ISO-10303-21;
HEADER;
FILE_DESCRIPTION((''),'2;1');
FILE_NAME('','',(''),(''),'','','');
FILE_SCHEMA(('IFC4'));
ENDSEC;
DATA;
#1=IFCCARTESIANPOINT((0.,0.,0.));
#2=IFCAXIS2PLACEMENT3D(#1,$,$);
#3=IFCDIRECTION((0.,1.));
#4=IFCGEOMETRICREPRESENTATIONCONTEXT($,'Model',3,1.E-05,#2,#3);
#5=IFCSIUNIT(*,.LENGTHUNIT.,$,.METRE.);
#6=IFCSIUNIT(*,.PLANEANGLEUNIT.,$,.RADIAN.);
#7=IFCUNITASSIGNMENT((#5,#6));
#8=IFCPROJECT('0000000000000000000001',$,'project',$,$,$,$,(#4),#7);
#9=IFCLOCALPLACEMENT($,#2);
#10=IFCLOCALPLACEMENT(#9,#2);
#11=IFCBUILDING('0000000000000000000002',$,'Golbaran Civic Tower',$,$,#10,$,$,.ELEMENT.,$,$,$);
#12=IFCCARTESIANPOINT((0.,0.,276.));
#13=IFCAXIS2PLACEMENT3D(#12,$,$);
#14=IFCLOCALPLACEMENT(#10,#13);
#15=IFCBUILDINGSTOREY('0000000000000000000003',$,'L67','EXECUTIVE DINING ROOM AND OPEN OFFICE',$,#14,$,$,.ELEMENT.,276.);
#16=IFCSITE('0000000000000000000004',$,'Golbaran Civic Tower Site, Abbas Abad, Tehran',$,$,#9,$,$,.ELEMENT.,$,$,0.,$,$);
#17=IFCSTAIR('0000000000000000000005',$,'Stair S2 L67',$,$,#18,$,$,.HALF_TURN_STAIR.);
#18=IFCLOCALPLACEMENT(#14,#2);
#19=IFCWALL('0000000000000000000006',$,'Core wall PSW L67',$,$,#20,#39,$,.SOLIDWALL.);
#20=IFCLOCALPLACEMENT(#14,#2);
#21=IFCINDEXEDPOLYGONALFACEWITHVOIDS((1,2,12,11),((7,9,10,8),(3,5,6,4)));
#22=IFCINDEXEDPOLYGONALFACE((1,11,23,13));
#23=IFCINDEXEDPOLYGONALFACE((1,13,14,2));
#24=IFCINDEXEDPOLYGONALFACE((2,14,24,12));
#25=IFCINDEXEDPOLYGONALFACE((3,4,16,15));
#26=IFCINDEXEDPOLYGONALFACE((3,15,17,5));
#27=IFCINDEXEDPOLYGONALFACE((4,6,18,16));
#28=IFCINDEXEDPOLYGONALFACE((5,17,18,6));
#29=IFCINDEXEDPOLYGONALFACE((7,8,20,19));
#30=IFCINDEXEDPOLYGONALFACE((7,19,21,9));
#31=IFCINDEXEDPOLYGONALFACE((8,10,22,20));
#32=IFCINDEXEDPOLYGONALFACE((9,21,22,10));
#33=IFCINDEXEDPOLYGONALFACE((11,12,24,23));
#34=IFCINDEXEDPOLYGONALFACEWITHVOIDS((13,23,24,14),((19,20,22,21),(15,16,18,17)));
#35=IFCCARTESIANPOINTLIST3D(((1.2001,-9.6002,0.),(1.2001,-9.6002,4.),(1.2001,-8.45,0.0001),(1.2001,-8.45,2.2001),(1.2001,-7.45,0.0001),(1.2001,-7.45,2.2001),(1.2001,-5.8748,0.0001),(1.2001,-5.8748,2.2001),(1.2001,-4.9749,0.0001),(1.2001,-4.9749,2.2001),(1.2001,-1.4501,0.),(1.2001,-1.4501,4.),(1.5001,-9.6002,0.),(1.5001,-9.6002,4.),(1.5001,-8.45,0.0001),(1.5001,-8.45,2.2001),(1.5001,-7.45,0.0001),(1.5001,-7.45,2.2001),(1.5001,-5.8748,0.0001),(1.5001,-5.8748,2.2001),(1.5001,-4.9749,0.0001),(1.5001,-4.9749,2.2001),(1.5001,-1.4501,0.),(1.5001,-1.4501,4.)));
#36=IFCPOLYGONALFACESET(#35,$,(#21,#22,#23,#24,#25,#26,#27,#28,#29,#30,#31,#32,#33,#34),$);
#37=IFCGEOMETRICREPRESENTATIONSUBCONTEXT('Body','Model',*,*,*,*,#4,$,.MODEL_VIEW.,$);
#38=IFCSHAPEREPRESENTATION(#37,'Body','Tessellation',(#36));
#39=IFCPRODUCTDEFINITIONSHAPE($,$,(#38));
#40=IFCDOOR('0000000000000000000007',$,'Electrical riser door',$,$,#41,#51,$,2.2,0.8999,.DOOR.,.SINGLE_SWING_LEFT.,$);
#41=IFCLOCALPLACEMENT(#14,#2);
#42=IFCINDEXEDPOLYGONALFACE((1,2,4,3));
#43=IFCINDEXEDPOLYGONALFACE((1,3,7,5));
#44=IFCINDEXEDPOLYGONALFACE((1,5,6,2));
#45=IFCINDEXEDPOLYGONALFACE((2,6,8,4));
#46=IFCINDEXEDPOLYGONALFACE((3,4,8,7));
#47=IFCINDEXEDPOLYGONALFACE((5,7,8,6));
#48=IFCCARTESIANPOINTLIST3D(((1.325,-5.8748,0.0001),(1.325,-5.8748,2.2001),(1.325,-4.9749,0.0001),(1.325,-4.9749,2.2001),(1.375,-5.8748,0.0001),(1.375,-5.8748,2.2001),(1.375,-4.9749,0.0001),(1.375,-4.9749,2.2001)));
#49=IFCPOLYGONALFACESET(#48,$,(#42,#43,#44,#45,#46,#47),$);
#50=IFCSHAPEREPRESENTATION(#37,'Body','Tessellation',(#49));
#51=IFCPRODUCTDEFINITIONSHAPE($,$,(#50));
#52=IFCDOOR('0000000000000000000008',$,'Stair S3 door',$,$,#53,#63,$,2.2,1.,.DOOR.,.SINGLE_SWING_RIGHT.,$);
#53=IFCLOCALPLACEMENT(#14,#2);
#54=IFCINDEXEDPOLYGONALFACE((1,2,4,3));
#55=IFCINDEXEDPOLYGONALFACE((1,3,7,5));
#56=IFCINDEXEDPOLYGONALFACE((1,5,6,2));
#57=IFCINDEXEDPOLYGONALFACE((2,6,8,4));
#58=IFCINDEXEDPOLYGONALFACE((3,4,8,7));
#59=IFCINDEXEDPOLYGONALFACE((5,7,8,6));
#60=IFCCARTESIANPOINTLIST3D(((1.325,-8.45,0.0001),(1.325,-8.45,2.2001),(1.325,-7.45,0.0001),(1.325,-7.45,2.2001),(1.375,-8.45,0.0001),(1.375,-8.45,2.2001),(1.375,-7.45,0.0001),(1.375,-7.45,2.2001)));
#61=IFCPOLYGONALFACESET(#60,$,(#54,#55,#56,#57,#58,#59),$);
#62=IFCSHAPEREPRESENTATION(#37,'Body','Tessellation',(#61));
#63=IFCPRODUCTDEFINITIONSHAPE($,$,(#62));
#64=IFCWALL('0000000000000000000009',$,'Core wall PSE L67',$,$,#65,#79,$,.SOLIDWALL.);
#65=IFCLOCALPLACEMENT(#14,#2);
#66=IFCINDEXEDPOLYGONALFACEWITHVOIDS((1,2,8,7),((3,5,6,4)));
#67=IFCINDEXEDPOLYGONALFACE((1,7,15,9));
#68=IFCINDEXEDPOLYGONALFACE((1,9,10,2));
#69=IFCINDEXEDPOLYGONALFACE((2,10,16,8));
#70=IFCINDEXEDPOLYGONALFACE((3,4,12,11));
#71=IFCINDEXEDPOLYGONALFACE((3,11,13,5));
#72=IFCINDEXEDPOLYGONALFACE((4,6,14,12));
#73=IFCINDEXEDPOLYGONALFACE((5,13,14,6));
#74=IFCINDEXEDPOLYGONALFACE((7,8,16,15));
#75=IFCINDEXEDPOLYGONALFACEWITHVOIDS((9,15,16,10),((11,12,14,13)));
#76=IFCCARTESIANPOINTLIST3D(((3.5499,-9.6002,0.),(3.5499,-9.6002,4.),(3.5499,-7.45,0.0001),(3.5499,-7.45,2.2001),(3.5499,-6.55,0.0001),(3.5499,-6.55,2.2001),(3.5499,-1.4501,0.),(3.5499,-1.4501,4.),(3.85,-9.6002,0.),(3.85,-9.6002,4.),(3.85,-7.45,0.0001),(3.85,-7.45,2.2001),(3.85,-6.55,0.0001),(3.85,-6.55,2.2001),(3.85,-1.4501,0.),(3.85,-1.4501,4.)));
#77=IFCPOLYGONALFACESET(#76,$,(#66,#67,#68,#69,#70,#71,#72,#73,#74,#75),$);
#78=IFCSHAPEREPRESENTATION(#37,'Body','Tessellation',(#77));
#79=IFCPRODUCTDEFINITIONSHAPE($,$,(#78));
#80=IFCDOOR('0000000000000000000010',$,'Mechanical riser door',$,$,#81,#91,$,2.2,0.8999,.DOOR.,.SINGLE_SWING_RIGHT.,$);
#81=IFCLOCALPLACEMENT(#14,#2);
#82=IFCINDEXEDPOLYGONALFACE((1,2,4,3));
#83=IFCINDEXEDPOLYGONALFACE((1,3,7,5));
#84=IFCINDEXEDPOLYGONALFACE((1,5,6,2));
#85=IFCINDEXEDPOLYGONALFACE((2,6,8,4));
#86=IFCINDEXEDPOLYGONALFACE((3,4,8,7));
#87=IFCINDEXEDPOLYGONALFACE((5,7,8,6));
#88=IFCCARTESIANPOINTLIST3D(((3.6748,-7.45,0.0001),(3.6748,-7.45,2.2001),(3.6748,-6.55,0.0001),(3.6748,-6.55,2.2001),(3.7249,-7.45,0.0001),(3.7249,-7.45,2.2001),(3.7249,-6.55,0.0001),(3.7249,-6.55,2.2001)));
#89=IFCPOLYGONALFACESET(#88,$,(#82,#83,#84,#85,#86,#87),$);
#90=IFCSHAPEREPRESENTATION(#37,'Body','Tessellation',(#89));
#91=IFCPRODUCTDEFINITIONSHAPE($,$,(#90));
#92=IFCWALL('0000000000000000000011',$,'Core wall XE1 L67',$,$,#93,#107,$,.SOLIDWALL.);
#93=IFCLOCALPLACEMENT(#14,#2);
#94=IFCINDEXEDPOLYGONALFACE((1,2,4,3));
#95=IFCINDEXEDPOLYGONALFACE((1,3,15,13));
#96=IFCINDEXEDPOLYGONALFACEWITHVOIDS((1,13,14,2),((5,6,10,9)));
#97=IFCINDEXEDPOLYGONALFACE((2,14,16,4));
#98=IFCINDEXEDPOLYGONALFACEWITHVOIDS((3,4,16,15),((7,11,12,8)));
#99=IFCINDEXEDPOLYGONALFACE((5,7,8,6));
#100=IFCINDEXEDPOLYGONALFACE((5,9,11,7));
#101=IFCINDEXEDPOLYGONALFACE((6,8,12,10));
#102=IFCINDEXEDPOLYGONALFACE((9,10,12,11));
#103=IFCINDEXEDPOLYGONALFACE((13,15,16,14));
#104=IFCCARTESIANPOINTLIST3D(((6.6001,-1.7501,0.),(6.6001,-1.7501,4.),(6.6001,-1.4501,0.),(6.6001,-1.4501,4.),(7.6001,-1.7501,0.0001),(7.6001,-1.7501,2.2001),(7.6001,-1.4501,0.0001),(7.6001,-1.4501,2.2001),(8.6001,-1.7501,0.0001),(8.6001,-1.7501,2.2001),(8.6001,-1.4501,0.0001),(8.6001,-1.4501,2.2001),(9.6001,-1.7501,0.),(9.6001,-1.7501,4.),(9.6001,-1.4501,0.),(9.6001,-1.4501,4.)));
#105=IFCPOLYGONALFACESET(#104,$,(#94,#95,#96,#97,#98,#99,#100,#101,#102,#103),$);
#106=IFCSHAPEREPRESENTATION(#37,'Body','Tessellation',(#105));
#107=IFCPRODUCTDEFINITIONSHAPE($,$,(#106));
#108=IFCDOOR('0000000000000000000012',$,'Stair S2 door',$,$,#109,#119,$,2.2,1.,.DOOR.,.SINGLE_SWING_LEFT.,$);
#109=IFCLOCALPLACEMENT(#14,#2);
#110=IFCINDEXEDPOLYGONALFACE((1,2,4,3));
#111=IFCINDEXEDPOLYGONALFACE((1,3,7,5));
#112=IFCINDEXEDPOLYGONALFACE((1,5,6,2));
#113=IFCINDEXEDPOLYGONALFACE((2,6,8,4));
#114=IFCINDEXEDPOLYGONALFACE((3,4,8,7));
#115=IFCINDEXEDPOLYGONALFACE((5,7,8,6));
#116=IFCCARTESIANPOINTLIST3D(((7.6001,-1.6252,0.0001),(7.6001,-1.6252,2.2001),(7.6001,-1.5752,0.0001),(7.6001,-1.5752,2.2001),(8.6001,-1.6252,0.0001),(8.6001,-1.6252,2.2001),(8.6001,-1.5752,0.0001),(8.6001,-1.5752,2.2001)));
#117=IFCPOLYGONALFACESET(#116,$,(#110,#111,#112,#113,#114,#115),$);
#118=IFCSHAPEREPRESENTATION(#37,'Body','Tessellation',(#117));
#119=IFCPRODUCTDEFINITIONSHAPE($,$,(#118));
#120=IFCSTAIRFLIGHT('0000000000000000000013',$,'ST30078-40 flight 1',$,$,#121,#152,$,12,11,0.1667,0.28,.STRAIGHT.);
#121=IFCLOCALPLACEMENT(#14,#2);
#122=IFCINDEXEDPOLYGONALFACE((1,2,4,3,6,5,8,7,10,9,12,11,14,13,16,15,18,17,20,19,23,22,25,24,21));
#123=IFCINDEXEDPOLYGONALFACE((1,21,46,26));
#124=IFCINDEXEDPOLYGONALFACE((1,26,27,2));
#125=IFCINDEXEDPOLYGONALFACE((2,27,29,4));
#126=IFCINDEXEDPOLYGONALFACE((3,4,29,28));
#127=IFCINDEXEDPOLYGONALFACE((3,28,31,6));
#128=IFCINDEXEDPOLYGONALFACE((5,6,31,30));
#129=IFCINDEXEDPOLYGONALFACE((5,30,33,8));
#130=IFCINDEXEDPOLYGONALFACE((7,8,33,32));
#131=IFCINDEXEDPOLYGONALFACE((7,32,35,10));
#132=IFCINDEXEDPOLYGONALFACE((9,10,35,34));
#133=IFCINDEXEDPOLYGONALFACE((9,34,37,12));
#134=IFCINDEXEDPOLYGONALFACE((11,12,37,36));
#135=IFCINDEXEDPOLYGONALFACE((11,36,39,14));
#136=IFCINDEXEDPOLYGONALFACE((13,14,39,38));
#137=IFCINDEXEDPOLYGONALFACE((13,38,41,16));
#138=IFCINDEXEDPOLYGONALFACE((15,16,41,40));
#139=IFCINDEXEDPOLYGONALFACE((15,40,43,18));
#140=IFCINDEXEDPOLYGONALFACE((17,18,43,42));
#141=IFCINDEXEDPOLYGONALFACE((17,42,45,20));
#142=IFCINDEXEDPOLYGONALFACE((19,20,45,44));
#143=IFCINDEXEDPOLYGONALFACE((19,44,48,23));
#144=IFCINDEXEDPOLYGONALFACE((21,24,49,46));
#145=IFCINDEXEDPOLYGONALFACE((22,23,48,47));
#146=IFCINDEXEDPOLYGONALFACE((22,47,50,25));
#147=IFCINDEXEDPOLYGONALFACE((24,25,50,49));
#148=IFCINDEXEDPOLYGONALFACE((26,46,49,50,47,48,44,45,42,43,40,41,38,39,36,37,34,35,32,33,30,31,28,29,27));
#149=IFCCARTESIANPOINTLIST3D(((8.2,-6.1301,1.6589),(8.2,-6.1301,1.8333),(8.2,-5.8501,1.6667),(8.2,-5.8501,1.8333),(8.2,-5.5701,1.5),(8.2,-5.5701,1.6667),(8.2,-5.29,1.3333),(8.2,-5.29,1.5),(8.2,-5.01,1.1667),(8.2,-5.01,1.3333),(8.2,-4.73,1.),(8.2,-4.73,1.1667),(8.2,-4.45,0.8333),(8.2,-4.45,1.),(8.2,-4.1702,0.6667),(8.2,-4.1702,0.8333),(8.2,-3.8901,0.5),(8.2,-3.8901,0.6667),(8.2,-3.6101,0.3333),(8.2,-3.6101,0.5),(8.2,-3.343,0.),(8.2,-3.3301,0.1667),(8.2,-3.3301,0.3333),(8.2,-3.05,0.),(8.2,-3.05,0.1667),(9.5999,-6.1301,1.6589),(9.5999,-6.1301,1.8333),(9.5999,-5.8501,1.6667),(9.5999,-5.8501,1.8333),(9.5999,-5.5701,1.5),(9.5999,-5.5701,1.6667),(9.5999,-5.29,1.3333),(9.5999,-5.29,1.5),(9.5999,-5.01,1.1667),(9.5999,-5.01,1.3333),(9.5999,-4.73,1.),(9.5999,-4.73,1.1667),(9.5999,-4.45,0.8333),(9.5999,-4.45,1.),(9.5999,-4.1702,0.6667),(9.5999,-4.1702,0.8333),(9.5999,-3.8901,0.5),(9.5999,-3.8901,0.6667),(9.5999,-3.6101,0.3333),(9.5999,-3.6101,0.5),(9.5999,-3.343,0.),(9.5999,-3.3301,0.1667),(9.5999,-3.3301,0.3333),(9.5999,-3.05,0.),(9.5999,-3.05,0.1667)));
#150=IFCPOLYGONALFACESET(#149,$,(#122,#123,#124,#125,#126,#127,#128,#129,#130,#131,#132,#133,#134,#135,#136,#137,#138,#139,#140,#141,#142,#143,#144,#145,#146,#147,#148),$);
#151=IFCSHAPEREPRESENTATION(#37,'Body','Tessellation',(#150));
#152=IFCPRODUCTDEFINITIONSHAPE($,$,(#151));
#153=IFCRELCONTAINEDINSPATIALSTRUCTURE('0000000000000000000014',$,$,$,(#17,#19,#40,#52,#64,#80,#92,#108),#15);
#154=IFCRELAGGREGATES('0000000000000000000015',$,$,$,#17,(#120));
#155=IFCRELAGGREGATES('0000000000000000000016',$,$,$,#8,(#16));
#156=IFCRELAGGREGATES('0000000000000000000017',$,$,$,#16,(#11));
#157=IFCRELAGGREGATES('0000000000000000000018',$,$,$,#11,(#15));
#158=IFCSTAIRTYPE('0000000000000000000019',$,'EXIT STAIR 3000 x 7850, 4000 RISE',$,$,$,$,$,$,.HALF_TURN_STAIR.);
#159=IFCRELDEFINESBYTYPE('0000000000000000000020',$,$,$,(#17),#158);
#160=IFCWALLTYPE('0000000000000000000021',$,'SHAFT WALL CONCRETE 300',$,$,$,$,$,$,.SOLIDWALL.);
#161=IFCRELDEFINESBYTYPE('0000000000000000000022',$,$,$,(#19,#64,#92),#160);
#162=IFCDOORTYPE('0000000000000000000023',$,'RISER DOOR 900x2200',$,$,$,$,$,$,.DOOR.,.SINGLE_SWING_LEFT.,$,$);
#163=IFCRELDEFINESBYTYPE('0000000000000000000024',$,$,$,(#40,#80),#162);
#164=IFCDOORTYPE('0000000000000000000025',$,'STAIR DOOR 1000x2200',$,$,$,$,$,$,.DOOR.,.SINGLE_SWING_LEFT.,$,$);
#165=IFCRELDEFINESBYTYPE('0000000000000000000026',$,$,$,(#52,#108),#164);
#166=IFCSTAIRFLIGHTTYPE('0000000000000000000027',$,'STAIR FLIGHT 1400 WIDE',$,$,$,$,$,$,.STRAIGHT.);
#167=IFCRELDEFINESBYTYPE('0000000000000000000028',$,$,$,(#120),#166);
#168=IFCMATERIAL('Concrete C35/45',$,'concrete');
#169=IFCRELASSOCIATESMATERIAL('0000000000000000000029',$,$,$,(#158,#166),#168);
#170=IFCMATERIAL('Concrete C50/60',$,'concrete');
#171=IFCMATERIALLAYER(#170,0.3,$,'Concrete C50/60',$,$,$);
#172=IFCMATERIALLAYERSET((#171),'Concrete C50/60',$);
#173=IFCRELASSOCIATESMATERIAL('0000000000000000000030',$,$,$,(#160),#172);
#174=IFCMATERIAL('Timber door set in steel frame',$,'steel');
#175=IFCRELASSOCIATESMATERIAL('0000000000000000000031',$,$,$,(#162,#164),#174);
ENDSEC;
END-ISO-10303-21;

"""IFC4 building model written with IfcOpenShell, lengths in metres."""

from ifc_helpers import new_model, si_unit, direction, frame, frame_2d, origin, place, context, subcontext, project, spatial, polyline, rectangle, outline, extrude, material, layer, layer_set, type_object, element, fill, aggregate, save


model = new_model("IFC4")

# Units and contexts
model_context = context("Model", 3, precision=1e-05, world=origin(), true_north=direction((0.0, 1.0)))
body_context = subcontext(model_context, "Body", "Model", "MODEL_VIEW")
ifc_project = project(units=[si_unit("LENGTHUNIT", "METRE"), si_unit("PLANEANGLEUNIT", "RADIAN")], contexts=[model_context])

# Site, building, storey
site_placement = place(None, origin())
site = spatial("IfcSite", under=ifc_project, at=site_placement, Name="Golbaran Civic Tower Site, Abbas Abad, Tehran", CompositionType="ELEMENT", RefElevation=0.0)
building_placement = place(site_placement, origin())
building = spatial("IfcBuilding", under=site, at=building_placement, Name="Golbaran Civic Tower", CompositionType="ELEMENT")
storey_placement = place(building_placement, frame((0.0, 0.0, 276.0)))
storey = spatial("IfcBuildingStorey", under=building, at=storey_placement, Name="L67", Description="EXECUTIVE DINING ROOM AND OPEN OFFICE", CompositionType="ELEMENT", Elevation=276.0)

# Stair
ifc_material_1 = material(Name="Concrete C35/45", Category="concrete")
stair_type = type_object("IfcStairType", Name="EXIT STAIR 3000 x 7850, 4000 RISE", PredefinedType="HALF_TURN_STAIR", material=ifc_material_1)
stair_placement = place(storey_placement, origin())
stair = element("IfcStair", 1, at=stair_placement, inside=storey, type_object=stair_type, Name="Stair S2 L67", PredefinedType="HALF_TURN_STAIR")

# Shared definitions
ifc_material_2 = material(Name="Timber door set in steel frame", Category="steel")

# Shared definitions
ifc_material_3 = material(Name="Concrete C50/60", Category="concrete")
ifc_layer_1 = layer(ifc_material_3, 0.3, Name="Concrete C50/60")
ifc_layer_set_1 = layer_set([ifc_layer_1], Name="Concrete C50/60")
wall_type_1 = type_object("IfcWallType", Name="SHAFT WALL CONCRETE 300", PredefinedType="SOLIDWALL", material=ifc_layer_set_1)

# Wall, openings, doors
wall_1_placement = place(storey_placement, frame((1.3501, -1.45, 0.0), z_axis=(0.0, 0.0, 1.0), x_axis=(0.0, -1.0, 0.0)))
wall_1 = element("IfcWall", 2, at=wall_1_placement, inside=storey, type_object=wall_type_1, Name="Core wall PSW L67", PredefinedType="SOLIDWALL", context=body_context, shape_type="SweptSolid", body=[
    extrude(rectangle(XDim=8.1501, YDim=0.3, at=frame_2d((4.0752, 0.0))), origin(), (0.0, 0.0, 1.0), 4.0),
])
opening_1_placement = place(wall_1_placement, frame((6.0, 0.0, 0.0)))
opening_1 = element("IfcOpeningElement", 3, at=opening_1_placement, cuts=wall_1, PredefinedType="OPENING", context=body_context, shape_type="SweptSolid", body=[
    extrude(rectangle(XDim=1.0, YDim=2.2, at=frame_2d((0.5, 1.1001))), frame((0.0, 0.1599, 0.0), z_axis=(0.0, -1.0, 0.0), x_axis=(1.0, 0.0, 0.0)), (0.0, 0.0, 1.0), 0.3201),
])
opening_2_placement = place(wall_1_placement, frame((3.5249, 0.0, 0.0)))
opening_2 = element("IfcOpeningElement", 4, at=opening_2_placement, cuts=wall_1, PredefinedType="OPENING", context=body_context, shape_type="SweptSolid", body=[
    extrude(rectangle(XDim=0.8999, YDim=2.2, at=frame_2d((0.45, 1.1001))), frame((0.0, 0.1599, 0.0), z_axis=(0.0, -1.0, 0.0), x_axis=(1.0, 0.0, 0.0)), (0.0, 0.0, 1.0), 0.3201),
])
door_type_1 = type_object("IfcDoorType", Name="RISER DOOR 900x2200", OperationType="SINGLE_SWING_LEFT", PredefinedType="DOOR", material=ifc_material_2)
door_1_placement = place(opening_2_placement, origin())
door_1 = element("IfcDoor", 5, at=door_1_placement, inside=storey, type_object=door_type_1, Name="Electrical riser door", OperationType="SINGLE_SWING_LEFT", OverallHeight=2.2, OverallWidth=0.8999, PredefinedType="DOOR", context=body_context, shape_type="SweptSolid", body=[
    extrude(rectangle(XDim=0.8999, YDim=2.2, at=frame_2d((0.45, 1.1001))), frame((0.0, 0.0249, 0.0), z_axis=(0.0, -1.0, 0.0), x_axis=(1.0, 0.0, 0.0)), (0.0, 0.0, 1.0), 0.05),
])
fill(opening_2, door_1)
door_type_2 = type_object("IfcDoorType", Name="STAIR DOOR 1000x2200", OperationType="SINGLE_SWING_LEFT", PredefinedType="DOOR", material=ifc_material_2)
door_2_placement = place(opening_1_placement, origin())
door_2 = element("IfcDoor", 6, at=door_2_placement, inside=storey, type_object=door_type_2, Name="Stair S3 door", OperationType="SINGLE_SWING_RIGHT", OverallHeight=2.2, OverallWidth=1.0, PredefinedType="DOOR", context=body_context, shape_type="SweptSolid", body=[
    extrude(rectangle(XDim=1.0, YDim=2.2, at=frame_2d((0.5, 1.1001))), frame((0.0, 0.0249, 0.0), z_axis=(0.0, -1.0, 0.0), x_axis=(1.0, 0.0, 0.0)), (0.0, 0.0, 1.0), 0.05),
])
fill(opening_1, door_2)

# Walls, openings, doors
wall_2_placement = place(storey_placement, frame((3.7, -1.45, 0.0), z_axis=(0.0, 0.0, 1.0), x_axis=(0.0, -1.0, 0.0)))
wall_2 = element("IfcWall", 7, at=wall_2_placement, inside=storey, type_object=wall_type_1, Name="Core wall PSE L67", PredefinedType="SOLIDWALL", context=body_context, shape_type="SweptSolid", body=[
    extrude(rectangle(XDim=8.1501, YDim=0.3, at=frame_2d((4.0752, 0.0))), origin(), (0.0, 0.0, 1.0), 4.0),
])
opening_3_placement = place(wall_2_placement, frame((5.1001, 0.0, 0.0)))
opening_3 = element("IfcOpeningElement", 8, at=opening_3_placement, cuts=wall_2, PredefinedType="OPENING", context=body_context, shape_type="SweptSolid", body=[
    extrude(rectangle(XDim=0.8999, YDim=2.2, at=frame_2d((0.45, 1.1001))), frame((0.0, 0.1599, 0.0), z_axis=(0.0, -1.0, 0.0), x_axis=(1.0, 0.0, 0.0)), (0.0, 0.0, 1.0), 0.3201),
])
door_3_placement = place(opening_3_placement, origin())
door_3 = element("IfcDoor", 9, at=door_3_placement, inside=storey, type_object=door_type_1, Name="Mechanical riser door", OperationType="SINGLE_SWING_RIGHT", OverallHeight=2.2, OverallWidth=0.8999, PredefinedType="DOOR", context=body_context, shape_type="SweptSolid", body=[
    extrude(rectangle(XDim=0.8999, YDim=2.2, at=frame_2d((0.45, 1.1001))), frame((0.0, 0.0249, 0.0), z_axis=(0.0, -1.0, 0.0), x_axis=(1.0, 0.0, 0.0)), (0.0, 0.0, 1.0), 0.05),
])
fill(opening_3, door_3)
wall_3_placement = place(storey_placement, frame((6.6001, -1.6001, 0.0), z_axis=(0.0, 0.0, 1.0), x_axis=(1.0, 0.0, 0.0)))
wall_3 = element("IfcWall", 10, at=wall_3_placement, inside=storey, type_object=wall_type_1, Name="Core wall XE1 L67", PredefinedType="SOLIDWALL", context=body_context, shape_type="SweptSolid", body=[
    extrude(rectangle(XDim=3.0, YDim=0.3, at=frame_2d((1.5, 0.0))), origin(), (0.0, 0.0, 1.0), 4.0),
])
opening_4_placement = place(wall_3_placement, frame((1.0, 0.0, 0.0)))
opening_4 = element("IfcOpeningElement", 11, at=opening_4_placement, cuts=wall_3, PredefinedType="OPENING", context=body_context, shape_type="SweptSolid", body=[
    extrude(rectangle(XDim=1.0, YDim=2.2, at=frame_2d((0.5, 1.1001))), frame((0.0, 0.1599, 0.0), z_axis=(0.0, -1.0, 0.0), x_axis=(1.0, 0.0, 0.0)), (0.0, 0.0, 1.0), 0.3201),
])
door_4_placement = place(opening_4_placement, origin())
door_4 = element("IfcDoor", 12, at=door_4_placement, inside=storey, type_object=door_type_2, Name="Stair S2 door", OperationType="SINGLE_SWING_LEFT", OverallHeight=2.2, OverallWidth=1.0, PredefinedType="DOOR", context=body_context, shape_type="SweptSolid", body=[
    extrude(rectangle(XDim=1.0, YDim=2.2, at=frame_2d((0.5, 1.1001))), frame((0.0, 0.0249, 0.0), z_axis=(0.0, -1.0, 0.0), x_axis=(1.0, 0.0, 0.0)), (0.0, 0.0, 1.0), 0.05),
])
fill(opening_4, door_4)

# Stair flight
stair_flight_type = type_object("IfcStairFlightType", Name="STAIR FLIGHT 1400 WIDE", PredefinedType="STRAIGHT", material=ifc_material_1)
stair_flight_1_placement = place(storey_placement, frame((8.8999, -3.05, 0.0), z_axis=(0.0, 0.0, 1.0), x_axis=(0.0, -1.0, 0.0)))
stair_flight_1 = element("IfcStairFlight", 13, at=stair_flight_1_placement, type_object=stair_flight_type, Name="ST30078-40 flight 1", NumberOfRisers=12, NumberOfTreads=11, PredefinedType="STRAIGHT", RiserHeight=0.1667, TreadLength=0.28, context=body_context, shape_type="SweptSolid", body=[
    extrude(outline(polyline([(0.0, 0.0), (0.0, 0.1667), (0.28, 0.1667), (0.28, 0.3333), (0.5601, 0.3333), (0.5601, 0.5), (0.8401, 0.5), (0.8401, 0.6667), (1.1201, 0.6667), (1.1201, 0.8333), (1.3999, 0.8333), (1.3999, 1.0), (1.6799, 1.0), (1.6799, 1.1667), (1.96, 1.1667), (1.96, 1.3333), (2.24, 1.3333), (2.24, 1.5), (2.52, 1.5), (2.52, 1.6667), (2.8, 1.6667), (2.8, 1.8333), (3.0801, 1.8333), (3.0801, 2.0), (3.0801, 1.6589), (0.293, 0.0), (0.0, 0.0)])), frame((0.0, 0.7, 0.0), z_axis=(0.0, -1.0, 0.0), x_axis=(1.0, 0.0, 0.0)), (0.0, 0.0, 1.0), 1.3999),
])
aggregate(stair, [stair_flight_1])

save(model, "model.ifc")
